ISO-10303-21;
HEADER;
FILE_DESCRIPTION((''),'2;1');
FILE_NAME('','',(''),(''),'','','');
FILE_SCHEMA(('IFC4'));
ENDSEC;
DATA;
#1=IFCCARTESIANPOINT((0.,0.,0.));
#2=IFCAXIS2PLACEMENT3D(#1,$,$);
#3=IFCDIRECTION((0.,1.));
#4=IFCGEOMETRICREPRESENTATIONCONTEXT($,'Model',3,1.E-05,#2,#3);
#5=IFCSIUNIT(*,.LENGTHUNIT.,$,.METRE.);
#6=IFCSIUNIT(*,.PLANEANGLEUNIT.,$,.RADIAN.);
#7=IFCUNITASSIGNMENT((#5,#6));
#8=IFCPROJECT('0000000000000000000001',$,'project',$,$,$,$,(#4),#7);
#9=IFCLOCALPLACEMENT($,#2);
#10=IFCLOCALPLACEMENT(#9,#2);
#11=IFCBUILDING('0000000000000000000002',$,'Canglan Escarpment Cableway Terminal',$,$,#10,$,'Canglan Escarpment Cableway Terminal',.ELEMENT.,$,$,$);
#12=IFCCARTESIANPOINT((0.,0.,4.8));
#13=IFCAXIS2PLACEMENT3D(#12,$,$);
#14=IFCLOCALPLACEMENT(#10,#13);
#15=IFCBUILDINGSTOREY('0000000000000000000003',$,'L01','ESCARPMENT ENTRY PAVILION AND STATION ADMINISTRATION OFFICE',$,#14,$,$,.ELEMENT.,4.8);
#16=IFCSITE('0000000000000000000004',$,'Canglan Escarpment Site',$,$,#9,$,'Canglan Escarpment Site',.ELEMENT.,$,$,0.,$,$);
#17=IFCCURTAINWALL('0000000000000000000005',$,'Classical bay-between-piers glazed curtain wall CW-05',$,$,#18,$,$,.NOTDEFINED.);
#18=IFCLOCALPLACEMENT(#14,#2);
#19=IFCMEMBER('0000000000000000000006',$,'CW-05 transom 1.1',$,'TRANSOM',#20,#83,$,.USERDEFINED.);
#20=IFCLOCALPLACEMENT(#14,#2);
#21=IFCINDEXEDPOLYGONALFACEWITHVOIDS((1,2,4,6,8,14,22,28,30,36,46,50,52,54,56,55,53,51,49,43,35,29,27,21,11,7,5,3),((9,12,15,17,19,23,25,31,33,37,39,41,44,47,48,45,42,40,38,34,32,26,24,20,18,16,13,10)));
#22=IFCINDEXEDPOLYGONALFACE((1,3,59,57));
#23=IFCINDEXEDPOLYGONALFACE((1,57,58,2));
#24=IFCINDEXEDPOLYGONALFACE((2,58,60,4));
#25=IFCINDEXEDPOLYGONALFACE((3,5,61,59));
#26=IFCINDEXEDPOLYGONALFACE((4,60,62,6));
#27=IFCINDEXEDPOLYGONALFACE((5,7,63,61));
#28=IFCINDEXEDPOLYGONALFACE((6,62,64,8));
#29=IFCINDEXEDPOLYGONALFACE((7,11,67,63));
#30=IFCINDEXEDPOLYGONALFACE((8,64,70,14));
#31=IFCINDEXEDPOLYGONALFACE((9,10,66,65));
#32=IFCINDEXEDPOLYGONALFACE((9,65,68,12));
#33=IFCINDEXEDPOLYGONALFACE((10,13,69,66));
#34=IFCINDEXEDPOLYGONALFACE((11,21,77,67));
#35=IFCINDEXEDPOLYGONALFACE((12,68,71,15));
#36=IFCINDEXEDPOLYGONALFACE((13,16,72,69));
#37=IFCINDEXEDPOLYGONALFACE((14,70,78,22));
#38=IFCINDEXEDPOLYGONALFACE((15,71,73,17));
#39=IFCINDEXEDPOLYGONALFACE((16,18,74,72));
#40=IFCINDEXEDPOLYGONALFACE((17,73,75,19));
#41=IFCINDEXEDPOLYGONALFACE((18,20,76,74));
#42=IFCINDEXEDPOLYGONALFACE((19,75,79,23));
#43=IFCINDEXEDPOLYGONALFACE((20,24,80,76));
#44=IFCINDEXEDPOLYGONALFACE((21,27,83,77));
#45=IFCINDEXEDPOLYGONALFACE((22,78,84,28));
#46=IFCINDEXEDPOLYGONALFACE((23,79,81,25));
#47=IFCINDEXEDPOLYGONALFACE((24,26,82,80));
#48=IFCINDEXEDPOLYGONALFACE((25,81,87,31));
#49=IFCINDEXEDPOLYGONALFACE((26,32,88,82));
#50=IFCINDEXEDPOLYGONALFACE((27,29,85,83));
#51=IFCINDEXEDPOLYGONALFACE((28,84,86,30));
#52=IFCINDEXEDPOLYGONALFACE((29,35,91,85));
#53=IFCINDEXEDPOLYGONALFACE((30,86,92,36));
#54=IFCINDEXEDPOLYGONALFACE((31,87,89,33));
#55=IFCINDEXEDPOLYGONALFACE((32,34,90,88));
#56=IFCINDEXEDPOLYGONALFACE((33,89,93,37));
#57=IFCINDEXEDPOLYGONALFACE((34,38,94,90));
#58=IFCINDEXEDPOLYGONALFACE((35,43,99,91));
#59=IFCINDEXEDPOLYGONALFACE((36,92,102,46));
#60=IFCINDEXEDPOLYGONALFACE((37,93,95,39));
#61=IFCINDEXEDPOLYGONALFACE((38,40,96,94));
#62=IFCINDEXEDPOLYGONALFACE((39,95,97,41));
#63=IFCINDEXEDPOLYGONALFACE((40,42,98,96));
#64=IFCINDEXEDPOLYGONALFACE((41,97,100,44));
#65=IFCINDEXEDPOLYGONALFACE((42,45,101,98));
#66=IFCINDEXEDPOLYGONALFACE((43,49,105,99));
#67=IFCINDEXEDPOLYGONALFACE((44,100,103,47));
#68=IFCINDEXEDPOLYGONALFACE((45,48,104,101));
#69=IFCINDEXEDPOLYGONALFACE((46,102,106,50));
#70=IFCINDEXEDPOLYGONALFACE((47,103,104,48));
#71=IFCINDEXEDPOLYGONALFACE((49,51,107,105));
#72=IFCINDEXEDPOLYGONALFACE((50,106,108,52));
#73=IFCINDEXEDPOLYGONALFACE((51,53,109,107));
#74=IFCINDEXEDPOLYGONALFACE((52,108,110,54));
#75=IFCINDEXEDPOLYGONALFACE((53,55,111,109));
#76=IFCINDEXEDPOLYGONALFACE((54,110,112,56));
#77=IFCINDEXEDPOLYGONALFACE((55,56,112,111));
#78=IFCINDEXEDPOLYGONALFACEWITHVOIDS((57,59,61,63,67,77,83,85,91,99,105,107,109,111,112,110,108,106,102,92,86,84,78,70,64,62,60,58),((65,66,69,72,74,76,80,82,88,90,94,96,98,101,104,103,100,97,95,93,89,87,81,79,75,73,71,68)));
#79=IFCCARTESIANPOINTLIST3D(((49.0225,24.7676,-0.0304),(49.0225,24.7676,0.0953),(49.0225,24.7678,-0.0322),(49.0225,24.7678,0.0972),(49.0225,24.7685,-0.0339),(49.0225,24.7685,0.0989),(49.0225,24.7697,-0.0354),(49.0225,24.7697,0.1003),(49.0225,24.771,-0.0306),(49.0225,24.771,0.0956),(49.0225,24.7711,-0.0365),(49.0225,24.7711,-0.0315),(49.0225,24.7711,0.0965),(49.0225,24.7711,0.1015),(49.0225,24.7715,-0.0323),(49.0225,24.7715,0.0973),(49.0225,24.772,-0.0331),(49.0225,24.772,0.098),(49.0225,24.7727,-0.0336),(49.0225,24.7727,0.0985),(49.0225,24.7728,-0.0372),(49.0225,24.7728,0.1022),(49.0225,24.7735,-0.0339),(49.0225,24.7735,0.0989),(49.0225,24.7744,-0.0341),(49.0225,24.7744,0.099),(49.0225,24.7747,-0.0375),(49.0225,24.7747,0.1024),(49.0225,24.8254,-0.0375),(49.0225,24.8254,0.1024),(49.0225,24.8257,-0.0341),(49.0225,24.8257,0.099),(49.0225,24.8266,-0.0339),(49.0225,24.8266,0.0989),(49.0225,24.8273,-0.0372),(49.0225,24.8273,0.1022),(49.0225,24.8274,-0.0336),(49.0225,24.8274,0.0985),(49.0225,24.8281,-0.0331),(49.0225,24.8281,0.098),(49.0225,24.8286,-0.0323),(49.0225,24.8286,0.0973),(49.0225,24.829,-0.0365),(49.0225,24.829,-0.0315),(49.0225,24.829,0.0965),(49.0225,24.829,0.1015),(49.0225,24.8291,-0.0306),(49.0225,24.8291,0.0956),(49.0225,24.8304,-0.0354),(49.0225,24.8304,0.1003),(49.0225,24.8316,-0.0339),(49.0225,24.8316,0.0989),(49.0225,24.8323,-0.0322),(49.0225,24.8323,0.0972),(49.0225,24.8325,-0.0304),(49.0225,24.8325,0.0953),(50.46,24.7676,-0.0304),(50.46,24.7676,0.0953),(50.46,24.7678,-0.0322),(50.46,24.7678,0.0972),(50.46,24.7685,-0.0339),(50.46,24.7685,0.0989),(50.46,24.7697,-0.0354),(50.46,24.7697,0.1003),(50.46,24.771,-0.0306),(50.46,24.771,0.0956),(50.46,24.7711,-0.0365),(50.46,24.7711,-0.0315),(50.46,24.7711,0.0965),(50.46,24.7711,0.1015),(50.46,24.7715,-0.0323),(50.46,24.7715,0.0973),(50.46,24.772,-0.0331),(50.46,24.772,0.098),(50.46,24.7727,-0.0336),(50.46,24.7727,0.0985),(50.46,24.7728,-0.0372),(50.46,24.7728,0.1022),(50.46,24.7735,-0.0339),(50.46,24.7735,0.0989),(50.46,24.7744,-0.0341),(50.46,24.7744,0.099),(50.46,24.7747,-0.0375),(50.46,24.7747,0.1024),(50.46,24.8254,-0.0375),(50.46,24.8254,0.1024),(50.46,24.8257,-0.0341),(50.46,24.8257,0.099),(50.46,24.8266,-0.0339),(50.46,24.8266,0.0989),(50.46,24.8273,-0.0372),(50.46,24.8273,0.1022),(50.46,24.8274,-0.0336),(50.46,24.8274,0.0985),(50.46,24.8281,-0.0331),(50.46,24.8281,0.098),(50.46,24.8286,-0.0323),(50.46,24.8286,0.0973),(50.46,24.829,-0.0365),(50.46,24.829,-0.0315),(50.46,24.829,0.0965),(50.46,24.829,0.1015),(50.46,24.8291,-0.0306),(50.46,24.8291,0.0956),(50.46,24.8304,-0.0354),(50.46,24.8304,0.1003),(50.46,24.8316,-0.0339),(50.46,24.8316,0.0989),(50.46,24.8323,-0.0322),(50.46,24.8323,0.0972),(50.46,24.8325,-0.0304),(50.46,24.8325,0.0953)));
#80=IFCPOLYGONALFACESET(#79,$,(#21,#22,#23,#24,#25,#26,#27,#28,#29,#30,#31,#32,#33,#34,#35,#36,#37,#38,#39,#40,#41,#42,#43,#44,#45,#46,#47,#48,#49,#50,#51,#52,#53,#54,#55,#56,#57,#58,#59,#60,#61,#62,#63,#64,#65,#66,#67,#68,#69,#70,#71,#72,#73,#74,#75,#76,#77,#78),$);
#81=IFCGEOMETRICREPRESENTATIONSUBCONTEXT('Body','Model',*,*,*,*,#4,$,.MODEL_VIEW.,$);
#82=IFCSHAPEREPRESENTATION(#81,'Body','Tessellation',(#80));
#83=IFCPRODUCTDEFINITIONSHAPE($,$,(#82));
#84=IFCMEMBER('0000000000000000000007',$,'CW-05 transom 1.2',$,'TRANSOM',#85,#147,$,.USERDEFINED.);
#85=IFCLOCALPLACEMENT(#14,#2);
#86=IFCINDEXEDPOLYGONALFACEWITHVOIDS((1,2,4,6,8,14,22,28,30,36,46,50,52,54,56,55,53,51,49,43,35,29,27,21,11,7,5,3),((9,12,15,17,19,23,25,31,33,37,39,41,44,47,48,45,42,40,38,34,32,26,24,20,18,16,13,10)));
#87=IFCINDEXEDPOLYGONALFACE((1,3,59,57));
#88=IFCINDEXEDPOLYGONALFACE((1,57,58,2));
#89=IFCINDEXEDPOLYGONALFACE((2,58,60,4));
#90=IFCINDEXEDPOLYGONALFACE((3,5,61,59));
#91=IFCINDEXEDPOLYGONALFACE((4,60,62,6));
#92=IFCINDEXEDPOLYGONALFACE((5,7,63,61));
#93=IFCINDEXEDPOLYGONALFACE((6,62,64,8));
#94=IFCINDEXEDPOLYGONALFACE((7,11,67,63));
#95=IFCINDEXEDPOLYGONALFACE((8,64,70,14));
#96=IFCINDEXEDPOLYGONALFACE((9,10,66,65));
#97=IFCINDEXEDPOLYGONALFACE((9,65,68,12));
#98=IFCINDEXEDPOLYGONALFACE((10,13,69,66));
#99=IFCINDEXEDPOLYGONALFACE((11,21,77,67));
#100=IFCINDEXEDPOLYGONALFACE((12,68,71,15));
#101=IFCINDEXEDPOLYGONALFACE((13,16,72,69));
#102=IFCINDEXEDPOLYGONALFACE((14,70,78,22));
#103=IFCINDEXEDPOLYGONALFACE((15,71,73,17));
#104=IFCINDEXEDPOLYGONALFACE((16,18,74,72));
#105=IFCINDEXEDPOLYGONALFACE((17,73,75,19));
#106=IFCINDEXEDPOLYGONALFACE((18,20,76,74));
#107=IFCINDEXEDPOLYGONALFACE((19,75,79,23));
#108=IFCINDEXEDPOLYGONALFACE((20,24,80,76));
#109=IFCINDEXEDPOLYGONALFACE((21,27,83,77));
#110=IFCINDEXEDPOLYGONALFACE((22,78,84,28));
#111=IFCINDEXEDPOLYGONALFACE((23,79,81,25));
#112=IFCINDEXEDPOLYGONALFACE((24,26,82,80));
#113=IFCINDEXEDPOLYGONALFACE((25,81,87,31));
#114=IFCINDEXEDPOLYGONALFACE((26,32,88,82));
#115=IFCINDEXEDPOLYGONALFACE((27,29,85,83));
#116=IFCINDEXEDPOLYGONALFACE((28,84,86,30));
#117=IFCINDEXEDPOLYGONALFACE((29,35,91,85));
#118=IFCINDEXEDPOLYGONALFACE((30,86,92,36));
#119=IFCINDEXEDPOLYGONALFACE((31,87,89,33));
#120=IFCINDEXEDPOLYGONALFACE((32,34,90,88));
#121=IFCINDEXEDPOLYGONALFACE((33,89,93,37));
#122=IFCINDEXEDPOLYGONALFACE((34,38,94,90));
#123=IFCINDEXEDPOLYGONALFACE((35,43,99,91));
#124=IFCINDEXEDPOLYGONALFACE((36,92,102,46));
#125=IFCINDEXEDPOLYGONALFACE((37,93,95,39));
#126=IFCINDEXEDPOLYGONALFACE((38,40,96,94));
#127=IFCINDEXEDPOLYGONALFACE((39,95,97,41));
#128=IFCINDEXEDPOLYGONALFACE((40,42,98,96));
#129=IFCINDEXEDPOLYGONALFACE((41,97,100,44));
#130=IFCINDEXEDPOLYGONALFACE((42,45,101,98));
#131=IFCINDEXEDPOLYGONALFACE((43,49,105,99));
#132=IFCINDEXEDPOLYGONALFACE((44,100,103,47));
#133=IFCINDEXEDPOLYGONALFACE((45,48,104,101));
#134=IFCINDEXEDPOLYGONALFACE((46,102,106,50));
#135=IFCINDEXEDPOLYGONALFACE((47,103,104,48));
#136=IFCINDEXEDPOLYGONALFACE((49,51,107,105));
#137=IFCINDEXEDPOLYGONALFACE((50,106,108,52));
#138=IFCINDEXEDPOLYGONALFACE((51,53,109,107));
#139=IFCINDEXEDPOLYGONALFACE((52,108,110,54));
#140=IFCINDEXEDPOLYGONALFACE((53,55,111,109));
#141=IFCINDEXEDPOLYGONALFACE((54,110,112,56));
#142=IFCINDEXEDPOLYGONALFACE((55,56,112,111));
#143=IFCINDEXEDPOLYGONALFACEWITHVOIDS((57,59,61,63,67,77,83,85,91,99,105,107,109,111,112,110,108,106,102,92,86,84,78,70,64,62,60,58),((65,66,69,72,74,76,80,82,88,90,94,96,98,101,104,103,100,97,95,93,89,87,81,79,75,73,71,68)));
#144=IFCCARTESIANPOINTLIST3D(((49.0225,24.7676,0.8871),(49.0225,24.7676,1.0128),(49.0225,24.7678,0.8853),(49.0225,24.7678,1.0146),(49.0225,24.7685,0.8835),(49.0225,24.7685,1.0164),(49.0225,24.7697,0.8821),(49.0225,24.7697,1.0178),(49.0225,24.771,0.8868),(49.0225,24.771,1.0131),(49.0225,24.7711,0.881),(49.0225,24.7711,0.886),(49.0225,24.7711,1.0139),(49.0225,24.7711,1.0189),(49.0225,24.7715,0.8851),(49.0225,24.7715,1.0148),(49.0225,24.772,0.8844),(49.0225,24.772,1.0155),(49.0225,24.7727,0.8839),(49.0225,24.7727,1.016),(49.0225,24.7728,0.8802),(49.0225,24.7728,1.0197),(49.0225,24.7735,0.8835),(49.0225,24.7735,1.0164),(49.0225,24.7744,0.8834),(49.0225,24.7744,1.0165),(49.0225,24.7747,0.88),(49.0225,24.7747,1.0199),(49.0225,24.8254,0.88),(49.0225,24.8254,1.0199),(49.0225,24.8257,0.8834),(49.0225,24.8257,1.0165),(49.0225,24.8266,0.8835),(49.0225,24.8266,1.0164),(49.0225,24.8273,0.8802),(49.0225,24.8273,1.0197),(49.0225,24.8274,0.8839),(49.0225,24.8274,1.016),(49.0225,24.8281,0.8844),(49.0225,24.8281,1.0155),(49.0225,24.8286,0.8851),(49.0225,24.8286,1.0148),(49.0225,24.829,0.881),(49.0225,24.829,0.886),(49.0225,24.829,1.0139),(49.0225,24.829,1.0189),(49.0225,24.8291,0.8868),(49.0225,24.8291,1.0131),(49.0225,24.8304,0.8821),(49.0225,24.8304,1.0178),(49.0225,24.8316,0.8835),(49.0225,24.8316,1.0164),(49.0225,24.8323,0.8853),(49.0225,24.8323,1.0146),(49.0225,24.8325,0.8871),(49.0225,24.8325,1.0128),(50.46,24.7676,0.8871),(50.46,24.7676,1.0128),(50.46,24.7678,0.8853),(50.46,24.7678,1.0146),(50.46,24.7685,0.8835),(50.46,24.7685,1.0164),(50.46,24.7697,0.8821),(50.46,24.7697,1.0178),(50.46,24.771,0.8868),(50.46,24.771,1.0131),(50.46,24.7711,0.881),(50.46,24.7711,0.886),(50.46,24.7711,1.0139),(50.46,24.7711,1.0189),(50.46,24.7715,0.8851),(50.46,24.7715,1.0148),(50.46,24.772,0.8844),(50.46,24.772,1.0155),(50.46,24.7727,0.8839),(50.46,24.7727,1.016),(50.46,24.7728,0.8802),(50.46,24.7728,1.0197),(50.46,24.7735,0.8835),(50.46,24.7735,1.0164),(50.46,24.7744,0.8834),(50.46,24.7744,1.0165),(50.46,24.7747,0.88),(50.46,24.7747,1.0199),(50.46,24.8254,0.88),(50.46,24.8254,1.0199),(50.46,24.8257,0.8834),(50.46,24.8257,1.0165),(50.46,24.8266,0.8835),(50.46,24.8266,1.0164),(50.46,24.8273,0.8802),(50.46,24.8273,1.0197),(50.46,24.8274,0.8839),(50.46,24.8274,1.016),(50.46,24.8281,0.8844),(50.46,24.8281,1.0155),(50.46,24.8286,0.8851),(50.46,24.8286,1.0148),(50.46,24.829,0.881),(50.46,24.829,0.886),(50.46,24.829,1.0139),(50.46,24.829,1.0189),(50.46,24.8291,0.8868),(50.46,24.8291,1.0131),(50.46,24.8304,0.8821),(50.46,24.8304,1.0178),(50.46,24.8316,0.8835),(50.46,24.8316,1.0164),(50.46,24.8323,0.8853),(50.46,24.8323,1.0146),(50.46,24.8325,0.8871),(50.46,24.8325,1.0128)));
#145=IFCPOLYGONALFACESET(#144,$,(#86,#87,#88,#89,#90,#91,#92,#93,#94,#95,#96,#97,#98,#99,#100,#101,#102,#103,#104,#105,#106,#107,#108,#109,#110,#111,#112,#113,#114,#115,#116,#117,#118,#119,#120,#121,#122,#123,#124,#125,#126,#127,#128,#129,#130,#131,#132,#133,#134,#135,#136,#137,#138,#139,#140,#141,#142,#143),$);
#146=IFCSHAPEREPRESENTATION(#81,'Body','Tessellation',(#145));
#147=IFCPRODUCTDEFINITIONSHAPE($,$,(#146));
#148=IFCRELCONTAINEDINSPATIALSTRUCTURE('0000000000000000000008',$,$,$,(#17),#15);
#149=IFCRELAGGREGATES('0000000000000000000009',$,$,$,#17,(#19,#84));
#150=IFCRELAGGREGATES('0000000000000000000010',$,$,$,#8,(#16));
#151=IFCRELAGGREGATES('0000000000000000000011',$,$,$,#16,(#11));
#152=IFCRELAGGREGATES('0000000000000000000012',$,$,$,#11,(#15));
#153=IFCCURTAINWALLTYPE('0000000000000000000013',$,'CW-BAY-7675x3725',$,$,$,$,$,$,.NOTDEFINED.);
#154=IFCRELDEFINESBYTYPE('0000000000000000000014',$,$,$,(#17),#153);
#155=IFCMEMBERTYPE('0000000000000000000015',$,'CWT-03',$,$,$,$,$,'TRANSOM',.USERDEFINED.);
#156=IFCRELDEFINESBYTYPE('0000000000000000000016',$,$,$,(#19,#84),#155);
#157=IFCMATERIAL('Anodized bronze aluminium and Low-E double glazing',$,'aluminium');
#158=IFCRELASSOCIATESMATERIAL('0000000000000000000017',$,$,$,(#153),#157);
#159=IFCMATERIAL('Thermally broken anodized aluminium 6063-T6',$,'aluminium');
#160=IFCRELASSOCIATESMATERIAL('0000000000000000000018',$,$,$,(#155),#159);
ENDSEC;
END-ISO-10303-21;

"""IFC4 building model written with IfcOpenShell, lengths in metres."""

from ifc_helpers import new_model, si_unit, direction, frame, origin, origin_2d, place, context, subcontext, project, spatial, hollow_rectangle, extrude, material, material_profile, profile_set, type_object, element, aggregate, save


model = new_model("IFC4")

# Units and contexts
model_context = context("Model", 3, precision=1e-05, world=origin(), true_north=direction((0.0, 1.0)))
body_context = subcontext(model_context, "Body", "Model", "MODEL_VIEW")
ifc_project = project(units=[si_unit("LENGTHUNIT", "METRE"), si_unit("PLANEANGLEUNIT", "RADIAN")], contexts=[model_context])

# Site, building, storey
site_placement = place(None, origin())
site = spatial("IfcSite", under=ifc_project, at=site_placement, Name="Canglan Escarpment Site", LongName="Canglan Escarpment Site", CompositionType="ELEMENT", RefElevation=0.0)
building_placement = place(site_placement, origin())
building = spatial("IfcBuilding", under=site, at=building_placement, Name="Canglan Escarpment Cableway Terminal", LongName="Canglan Escarpment Cableway Terminal", CompositionType="ELEMENT")
storey_placement = place(building_placement, frame((0.0, 0.0, 4.8)))
storey = spatial("IfcBuildingStorey", under=building, at=storey_placement, Name="L01", Description="ESCARPMENT ENTRY PAVILION AND STATION ADMINISTRATION OFFICE", CompositionType="ELEMENT", Elevation=4.8)

# Shared definitions
ifc_material_1 = material(Name="Anodized bronze aluminium and Low-E double glazing", Category="aluminium")
ifc_material_2 = material(Name="Thermally broken anodized aluminium 6063-T6", Category="aluminium")

# Curtain wall, members
curtain_wall_type_1 = type_object("IfcCurtainWallType", Name="CW-BAY-7675x3725", PredefinedType="NOTDEFINED", material=ifc_material_1)
curtain_wall_1_placement = place(storey_placement, origin())
curtain_wall_1 = element("IfcCurtainWall", 1, at=curtain_wall_1_placement, inside=storey, type_object=curtain_wall_type_1, Name="Classical bay-between-piers glazed curtain wall CW-05", PredefinedType="NOTDEFINED")
ifc_material_profile_1 = material_profile(ifc_material_2, hollow_rectangle(XDim=0.0649, YDim=0.1399, WallThickness=0.0034, InnerFilletRadius=0.0034, OuterFilletRadius=0.0071, at=origin_2d()), Name="ALU-TRAN 65x140x3.5")
ifc_profile_set_1 = profile_set([ifc_material_profile_1], Name="Thermally broken anodized aluminium 6063-T6")
member_type_1 = type_object("IfcMemberType", Name="CWT-03", ElementType="TRANSOM", PredefinedType="USERDEFINED", material=ifc_profile_set_1)
member_1_placement = place(storey_placement, frame((50.46, 24.8, 0.0325), z_axis=(-1.0, 0.0, 0.0), x_axis=(0.0, -1.0, 0.0)))
member_1 = element("IfcMember", 2, at=member_1_placement, type_object=member_type_1, Name="CW-05 transom 1.1", ObjectType="TRANSOM", PredefinedType="USERDEFINED", context=body_context, shape_type="SweptSolid", body=[
    extrude(hollow_rectangle(XDim=0.0649, YDim=0.1399, WallThickness=0.0034, InnerFilletRadius=0.0034, OuterFilletRadius=0.0071, at=origin_2d()), origin(), (0.0, 0.0, 1.0), 1.4375),
])
member_2_placement = place(storey_placement, frame((50.46, 24.8, 0.95), z_axis=(-1.0, 0.0, 0.0), x_axis=(0.0, -1.0, 0.0)))
member_2 = element("IfcMember", 3, at=member_2_placement, type_object=member_type_1, Name="CW-05 transom 1.2", ObjectType="TRANSOM", PredefinedType="USERDEFINED", context=body_context, shape_type="SweptSolid", body=[
    extrude(hollow_rectangle(XDim=0.0649, YDim=0.1399, WallThickness=0.0034, InnerFilletRadius=0.0034, OuterFilletRadius=0.0071, at=origin_2d()), origin(), (0.0, 0.0, 1.0), 1.4375),
])

aggregate(curtain_wall_1, [member_1, member_2])

save(model, "model.ifc")
